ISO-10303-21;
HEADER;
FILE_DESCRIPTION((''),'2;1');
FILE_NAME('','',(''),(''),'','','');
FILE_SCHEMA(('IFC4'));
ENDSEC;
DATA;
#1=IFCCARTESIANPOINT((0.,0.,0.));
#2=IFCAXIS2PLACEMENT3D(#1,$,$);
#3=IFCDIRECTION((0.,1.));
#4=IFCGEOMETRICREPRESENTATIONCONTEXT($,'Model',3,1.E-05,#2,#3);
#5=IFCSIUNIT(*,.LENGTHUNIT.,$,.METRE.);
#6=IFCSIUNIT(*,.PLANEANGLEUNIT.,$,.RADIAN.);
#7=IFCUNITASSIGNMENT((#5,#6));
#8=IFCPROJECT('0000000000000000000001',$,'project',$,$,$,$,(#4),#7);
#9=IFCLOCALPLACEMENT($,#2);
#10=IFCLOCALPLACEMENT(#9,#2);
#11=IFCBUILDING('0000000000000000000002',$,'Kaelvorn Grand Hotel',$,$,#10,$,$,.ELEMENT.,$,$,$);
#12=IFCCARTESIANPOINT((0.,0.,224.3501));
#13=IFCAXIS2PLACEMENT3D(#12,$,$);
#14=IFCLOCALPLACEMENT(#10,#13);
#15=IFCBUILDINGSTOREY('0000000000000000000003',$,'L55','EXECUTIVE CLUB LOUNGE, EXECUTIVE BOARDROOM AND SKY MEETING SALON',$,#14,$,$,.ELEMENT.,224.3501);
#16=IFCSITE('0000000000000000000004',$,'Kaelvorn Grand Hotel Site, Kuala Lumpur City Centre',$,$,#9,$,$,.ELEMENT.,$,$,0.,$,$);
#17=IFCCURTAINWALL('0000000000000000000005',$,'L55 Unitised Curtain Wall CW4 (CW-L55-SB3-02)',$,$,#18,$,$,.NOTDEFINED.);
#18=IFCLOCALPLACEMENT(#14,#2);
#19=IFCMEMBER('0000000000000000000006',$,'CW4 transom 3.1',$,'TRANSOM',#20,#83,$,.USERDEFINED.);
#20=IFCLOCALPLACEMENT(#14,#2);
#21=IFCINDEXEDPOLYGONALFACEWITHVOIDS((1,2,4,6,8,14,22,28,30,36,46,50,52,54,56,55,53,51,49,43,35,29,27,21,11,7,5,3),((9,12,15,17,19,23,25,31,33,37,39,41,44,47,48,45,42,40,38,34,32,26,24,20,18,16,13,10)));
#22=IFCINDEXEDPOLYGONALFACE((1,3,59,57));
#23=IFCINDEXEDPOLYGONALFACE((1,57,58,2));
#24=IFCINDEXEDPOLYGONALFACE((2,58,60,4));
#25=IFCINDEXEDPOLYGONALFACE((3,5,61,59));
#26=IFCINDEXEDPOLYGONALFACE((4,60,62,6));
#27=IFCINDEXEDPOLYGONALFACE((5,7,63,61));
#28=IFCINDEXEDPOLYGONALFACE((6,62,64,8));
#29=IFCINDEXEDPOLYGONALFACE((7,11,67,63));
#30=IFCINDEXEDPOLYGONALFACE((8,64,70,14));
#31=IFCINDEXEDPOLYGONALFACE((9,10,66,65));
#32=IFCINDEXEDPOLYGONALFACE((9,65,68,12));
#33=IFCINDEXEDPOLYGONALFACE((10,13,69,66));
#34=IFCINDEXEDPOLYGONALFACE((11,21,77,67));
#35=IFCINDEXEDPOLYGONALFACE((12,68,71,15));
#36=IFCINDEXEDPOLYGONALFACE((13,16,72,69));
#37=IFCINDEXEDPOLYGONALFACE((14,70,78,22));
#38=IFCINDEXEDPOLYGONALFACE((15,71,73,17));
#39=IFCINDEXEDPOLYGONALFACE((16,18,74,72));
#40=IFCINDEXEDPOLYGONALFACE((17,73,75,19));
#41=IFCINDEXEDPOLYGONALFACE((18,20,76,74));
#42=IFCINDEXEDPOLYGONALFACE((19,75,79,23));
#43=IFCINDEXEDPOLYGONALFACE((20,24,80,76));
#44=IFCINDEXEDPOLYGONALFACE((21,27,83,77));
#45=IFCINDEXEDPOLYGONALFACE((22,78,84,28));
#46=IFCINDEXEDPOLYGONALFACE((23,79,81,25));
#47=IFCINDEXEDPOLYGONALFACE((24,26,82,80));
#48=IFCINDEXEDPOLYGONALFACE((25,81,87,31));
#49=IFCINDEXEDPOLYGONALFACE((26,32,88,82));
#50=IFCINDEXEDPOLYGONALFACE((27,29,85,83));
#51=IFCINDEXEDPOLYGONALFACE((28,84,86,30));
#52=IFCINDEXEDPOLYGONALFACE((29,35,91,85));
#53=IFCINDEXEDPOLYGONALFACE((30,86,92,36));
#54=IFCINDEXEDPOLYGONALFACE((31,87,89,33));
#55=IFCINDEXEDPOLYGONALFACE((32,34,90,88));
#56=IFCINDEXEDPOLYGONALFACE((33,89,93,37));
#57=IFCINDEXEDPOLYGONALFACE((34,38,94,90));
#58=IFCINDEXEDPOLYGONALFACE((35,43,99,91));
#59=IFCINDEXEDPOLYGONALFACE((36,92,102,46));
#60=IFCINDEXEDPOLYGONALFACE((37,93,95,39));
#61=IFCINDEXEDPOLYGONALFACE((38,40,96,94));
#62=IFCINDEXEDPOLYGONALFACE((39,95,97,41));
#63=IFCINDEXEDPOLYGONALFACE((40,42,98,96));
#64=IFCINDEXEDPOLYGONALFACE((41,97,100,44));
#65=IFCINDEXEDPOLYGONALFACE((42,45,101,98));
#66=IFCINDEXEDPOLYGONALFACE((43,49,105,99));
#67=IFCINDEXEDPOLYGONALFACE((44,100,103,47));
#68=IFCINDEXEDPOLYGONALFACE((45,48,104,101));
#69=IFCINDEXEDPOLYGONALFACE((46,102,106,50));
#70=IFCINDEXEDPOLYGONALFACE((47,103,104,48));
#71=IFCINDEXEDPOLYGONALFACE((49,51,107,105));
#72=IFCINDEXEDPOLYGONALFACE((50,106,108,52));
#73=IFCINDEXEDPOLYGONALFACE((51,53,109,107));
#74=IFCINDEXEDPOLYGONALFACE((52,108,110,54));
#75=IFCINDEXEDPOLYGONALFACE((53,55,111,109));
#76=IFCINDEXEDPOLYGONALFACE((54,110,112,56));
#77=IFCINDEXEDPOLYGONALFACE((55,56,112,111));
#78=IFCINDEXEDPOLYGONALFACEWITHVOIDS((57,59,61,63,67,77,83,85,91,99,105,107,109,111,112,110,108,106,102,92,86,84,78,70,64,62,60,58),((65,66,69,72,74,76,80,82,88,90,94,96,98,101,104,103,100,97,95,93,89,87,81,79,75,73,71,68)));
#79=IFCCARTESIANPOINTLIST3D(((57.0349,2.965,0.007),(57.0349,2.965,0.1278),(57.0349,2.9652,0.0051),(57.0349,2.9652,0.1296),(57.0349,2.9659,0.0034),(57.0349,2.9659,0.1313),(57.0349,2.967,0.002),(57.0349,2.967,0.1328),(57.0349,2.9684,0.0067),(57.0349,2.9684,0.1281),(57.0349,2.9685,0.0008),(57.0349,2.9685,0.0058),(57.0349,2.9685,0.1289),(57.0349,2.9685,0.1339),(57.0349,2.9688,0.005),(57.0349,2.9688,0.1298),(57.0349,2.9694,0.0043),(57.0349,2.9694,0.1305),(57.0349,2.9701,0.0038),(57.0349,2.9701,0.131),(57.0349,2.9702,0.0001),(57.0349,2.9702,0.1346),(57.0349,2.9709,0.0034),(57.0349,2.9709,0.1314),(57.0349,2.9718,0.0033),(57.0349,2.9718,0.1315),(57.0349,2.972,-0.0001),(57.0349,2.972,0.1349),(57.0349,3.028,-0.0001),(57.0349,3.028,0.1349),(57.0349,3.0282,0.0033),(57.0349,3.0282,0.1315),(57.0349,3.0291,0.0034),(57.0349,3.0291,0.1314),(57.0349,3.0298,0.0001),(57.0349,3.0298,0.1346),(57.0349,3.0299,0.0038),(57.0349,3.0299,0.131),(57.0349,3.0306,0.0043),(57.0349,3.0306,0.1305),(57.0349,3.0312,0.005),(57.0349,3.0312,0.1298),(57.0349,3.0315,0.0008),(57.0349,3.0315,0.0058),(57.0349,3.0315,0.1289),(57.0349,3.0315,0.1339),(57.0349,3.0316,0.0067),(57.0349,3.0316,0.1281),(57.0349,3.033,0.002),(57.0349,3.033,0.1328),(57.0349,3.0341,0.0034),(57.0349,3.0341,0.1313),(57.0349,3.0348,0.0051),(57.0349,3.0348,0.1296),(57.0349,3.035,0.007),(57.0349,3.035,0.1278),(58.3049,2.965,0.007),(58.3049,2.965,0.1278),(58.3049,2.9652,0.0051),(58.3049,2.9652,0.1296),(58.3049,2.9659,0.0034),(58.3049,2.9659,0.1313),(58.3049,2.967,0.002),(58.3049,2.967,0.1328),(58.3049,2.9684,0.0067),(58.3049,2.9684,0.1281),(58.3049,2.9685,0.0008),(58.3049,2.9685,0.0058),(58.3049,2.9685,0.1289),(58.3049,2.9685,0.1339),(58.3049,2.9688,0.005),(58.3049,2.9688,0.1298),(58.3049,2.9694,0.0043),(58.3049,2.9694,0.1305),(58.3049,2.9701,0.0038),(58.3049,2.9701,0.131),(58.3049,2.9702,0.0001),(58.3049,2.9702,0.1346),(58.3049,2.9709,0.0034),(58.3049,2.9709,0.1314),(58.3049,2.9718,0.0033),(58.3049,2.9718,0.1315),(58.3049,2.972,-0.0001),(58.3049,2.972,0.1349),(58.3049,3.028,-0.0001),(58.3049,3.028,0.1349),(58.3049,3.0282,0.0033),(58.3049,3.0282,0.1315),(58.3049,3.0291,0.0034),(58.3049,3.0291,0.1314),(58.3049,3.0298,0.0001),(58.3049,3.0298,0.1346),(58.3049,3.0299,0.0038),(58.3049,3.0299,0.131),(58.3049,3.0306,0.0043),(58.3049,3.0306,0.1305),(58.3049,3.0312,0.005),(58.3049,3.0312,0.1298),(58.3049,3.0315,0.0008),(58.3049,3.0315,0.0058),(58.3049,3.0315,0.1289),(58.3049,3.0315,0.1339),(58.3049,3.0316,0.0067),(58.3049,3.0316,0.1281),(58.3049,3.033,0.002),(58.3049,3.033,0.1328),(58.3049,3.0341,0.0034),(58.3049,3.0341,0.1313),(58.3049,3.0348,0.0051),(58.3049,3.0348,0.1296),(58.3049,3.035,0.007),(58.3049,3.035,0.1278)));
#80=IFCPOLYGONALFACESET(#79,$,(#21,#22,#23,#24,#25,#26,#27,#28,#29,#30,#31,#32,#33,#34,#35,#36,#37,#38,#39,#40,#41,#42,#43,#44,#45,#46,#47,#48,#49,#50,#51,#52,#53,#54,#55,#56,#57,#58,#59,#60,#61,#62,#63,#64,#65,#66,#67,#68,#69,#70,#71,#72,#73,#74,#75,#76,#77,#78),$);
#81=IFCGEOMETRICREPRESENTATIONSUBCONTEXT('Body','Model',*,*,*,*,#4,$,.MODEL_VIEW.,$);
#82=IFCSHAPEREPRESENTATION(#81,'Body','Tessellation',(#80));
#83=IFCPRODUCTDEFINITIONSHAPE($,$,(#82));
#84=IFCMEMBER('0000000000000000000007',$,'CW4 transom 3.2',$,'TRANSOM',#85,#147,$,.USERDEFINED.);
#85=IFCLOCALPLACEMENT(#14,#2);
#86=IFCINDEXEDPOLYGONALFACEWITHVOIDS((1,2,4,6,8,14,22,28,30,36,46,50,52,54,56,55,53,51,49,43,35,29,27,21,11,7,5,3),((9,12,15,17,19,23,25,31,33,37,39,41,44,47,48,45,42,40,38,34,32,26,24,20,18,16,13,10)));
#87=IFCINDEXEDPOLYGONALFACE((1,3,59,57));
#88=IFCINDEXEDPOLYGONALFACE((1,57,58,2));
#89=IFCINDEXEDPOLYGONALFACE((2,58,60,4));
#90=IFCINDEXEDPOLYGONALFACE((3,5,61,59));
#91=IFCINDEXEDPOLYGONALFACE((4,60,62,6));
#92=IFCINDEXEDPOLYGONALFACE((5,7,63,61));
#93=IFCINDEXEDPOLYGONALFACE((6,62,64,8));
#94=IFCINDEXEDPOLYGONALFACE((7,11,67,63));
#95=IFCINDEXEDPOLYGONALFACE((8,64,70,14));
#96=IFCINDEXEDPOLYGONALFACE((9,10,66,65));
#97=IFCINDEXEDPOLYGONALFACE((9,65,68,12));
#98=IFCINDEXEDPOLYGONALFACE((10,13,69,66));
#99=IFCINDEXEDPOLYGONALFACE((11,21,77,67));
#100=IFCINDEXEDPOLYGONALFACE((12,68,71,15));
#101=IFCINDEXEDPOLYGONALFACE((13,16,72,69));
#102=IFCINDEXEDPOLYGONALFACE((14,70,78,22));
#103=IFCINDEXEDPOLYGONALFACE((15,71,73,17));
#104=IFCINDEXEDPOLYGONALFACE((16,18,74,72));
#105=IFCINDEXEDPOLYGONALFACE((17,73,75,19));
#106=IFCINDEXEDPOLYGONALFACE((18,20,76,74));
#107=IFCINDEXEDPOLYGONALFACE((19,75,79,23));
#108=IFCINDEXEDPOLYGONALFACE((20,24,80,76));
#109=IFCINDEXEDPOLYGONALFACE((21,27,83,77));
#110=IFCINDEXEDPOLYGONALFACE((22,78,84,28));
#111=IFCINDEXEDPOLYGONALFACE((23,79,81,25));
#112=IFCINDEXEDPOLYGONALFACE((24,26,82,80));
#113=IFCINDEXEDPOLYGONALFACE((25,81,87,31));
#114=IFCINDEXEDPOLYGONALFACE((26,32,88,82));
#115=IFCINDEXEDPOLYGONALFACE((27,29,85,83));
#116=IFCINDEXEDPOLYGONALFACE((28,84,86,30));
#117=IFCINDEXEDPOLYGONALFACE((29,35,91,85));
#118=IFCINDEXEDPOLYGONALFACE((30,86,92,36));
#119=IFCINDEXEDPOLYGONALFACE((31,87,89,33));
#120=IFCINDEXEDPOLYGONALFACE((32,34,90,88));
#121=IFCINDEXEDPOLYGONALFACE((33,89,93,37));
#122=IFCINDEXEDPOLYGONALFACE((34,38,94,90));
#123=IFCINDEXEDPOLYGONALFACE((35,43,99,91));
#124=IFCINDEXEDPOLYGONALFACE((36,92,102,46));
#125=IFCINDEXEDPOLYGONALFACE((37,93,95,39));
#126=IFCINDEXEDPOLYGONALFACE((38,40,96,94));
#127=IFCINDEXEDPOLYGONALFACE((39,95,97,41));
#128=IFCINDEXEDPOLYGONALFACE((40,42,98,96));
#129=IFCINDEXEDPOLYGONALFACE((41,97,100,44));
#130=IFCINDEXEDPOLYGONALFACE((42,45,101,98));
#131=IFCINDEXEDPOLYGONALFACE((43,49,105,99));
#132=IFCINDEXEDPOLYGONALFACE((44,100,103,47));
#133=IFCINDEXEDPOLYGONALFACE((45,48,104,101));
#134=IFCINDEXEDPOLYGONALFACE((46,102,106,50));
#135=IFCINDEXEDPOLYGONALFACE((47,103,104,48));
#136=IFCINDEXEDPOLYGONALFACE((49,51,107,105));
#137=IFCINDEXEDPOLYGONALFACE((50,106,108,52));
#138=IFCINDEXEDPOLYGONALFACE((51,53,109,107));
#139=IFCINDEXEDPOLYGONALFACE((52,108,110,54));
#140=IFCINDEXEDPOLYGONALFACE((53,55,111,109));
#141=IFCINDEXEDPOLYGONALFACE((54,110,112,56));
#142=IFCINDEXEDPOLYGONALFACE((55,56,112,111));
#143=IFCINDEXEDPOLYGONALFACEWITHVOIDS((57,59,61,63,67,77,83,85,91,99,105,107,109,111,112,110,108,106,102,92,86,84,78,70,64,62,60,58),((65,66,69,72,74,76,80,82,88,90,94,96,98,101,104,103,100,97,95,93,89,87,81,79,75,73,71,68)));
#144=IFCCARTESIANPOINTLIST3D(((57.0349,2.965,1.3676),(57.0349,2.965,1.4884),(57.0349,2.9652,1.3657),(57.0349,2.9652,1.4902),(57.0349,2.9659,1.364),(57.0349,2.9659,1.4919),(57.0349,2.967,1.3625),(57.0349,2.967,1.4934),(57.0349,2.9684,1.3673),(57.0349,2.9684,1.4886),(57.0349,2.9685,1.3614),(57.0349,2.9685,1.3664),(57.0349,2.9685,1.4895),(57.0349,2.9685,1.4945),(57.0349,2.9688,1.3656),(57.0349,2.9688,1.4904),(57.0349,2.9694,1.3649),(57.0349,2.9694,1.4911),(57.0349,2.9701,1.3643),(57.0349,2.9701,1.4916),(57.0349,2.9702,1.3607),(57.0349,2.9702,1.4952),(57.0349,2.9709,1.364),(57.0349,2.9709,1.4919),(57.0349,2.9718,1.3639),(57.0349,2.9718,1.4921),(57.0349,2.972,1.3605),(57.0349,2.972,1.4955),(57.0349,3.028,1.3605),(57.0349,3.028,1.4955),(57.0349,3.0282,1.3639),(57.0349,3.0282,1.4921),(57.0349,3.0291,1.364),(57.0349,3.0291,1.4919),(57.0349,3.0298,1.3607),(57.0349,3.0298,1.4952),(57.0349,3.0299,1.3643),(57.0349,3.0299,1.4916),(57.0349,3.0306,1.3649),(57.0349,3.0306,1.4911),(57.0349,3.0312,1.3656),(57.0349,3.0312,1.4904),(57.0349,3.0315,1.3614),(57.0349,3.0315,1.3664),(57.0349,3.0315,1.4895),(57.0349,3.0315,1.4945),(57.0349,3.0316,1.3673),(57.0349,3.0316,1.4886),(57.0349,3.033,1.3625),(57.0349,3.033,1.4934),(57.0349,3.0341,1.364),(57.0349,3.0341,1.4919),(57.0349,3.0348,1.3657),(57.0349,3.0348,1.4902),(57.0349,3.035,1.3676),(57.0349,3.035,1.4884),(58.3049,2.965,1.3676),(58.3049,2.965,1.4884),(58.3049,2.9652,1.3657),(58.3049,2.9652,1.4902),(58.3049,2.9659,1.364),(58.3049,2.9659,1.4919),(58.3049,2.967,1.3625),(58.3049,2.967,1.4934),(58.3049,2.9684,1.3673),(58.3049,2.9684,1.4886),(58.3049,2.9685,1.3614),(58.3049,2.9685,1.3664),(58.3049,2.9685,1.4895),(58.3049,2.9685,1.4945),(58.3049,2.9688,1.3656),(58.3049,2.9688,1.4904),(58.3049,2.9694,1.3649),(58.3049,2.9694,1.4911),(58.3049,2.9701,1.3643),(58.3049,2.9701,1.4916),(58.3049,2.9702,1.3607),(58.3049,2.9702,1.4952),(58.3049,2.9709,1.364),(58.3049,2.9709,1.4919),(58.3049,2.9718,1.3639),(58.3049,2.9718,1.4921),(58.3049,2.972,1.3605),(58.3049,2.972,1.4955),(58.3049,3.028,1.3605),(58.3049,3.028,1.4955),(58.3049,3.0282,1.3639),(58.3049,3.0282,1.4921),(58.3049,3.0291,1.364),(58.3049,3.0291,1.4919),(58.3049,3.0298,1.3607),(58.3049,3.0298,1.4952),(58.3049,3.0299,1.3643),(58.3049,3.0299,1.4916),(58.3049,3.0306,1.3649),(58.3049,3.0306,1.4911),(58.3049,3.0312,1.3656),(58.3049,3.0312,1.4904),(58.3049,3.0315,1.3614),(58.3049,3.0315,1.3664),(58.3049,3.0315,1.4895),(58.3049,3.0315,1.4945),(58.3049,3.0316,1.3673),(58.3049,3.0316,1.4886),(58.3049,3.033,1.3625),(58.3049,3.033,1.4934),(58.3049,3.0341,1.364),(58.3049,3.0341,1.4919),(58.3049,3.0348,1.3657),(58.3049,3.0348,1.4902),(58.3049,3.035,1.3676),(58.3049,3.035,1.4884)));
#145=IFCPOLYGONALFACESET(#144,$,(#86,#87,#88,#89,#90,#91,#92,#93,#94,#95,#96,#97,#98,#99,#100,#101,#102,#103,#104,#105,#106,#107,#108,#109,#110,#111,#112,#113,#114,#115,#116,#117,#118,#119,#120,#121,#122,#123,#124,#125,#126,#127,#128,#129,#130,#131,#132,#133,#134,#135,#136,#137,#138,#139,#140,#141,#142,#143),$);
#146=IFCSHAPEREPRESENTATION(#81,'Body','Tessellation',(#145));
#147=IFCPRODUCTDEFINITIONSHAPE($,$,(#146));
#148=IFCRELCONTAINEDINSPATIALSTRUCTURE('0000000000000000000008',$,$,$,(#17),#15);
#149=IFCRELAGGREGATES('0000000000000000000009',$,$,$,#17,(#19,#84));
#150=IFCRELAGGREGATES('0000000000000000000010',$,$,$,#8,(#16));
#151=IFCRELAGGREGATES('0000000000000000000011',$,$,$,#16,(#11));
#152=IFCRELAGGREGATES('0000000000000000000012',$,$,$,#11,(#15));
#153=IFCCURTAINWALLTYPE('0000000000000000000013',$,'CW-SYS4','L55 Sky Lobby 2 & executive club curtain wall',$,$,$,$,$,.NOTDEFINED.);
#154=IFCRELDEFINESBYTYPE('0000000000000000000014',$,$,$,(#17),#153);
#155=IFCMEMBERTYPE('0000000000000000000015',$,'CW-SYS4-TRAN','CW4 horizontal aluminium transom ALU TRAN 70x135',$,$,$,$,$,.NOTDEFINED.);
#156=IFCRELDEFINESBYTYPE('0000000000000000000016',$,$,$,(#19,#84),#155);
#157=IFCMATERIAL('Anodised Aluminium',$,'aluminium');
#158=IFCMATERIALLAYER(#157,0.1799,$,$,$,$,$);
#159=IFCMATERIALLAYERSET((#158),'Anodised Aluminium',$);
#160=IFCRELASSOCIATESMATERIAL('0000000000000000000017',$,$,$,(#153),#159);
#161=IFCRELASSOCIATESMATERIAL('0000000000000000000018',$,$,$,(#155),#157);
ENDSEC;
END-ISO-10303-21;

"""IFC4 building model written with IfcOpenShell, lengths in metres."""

from ifc_helpers import new_model, si_unit, direction, frame, origin, origin_2d, place, context, subcontext, project, spatial, hollow_rectangle, extrude, material, layer, layer_set, material_profile, profile_set, type_object, element, aggregate, save


model = new_model("IFC4")

# Units and contexts
model_context = context("Model", 3, precision=1e-05, world=origin(), true_north=direction((0.0, 1.0)))
body_context = subcontext(model_context, "Body", "Model", "MODEL_VIEW")
ifc_project = project(units=[si_unit("LENGTHUNIT", "METRE"), si_unit("PLANEANGLEUNIT", "RADIAN")], contexts=[model_context])

# Site, building, storey
site_placement = place(None, origin())
site = spatial("IfcSite", under=ifc_project, at=site_placement, Name="Kaelvorn Grand Hotel Site, Kuala Lumpur City Centre", CompositionType="ELEMENT", RefElevation=0.0)
building_placement = place(site_placement, origin())
building = spatial("IfcBuilding", under=site, at=building_placement, Name="Kaelvorn Grand Hotel", CompositionType="ELEMENT")
storey_placement = place(building_placement, frame((0.0, 0.0, 224.3501)))
storey = spatial("IfcBuildingStorey", under=building, at=storey_placement, Name="L55", Description="EXECUTIVE CLUB LOUNGE, EXECUTIVE BOARDROOM AND SKY MEETING SALON", CompositionType="ELEMENT", Elevation=224.3501)

# Curtain wall, members
ifc_material_1 = material(Name="Anodised Aluminium", Category="aluminium")
ifc_layer_1 = layer(ifc_material_1, 0.1799)
ifc_layer_set_1 = layer_set([ifc_layer_1], Name="Anodised Aluminium")
curtain_wall_type = type_object("IfcCurtainWallType", Name="CW-SYS4", Description="L55 Sky Lobby 2 & executive club curtain wall", PredefinedType="NOTDEFINED", material=ifc_layer_set_1)
curtain_wall_placement = place(storey_placement, origin())
curtain_wall = element("IfcCurtainWall", 1, at=curtain_wall_placement, inside=storey, type_object=curtain_wall_type, Name="L55 Unitised Curtain Wall CW4 (CW-L55-SB3-02)", PredefinedType="NOTDEFINED")
ifc_material_profile_1 = material_profile(ifc_material_1, hollow_rectangle(XDim=0.0701, YDim=0.135, WallThickness=0.0034, InnerFilletRadius=0.0034, OuterFilletRadius=0.0071, at=origin_2d()), Name="ALU TRAN 70x135")
ifc_profile_set_1 = profile_set([ifc_material_profile_1], Name="Anodised Aluminium")
member_type_1 = type_object("IfcMemberType", Name="CW-SYS4-TRAN", Description="CW4 horizontal aluminium transom ALU TRAN 70x135", PredefinedType="NOTDEFINED", material=ifc_profile_set_1)
member_1_placement = place(storey_placement, frame((57.0349, 3.0, 0.0674), z_axis=(1.0, 0.0, 0.0), x_axis=(0.0, 1.0, 0.0)))
member_1 = element("IfcMember", 2, at=member_1_placement, type_object=member_type_1, Name="CW4 transom 3.1", ObjectType="TRANSOM", PredefinedType="USERDEFINED", context=body_context, shape_type="SweptSolid", body=[
    extrude(hollow_rectangle(XDim=0.0701, YDim=0.135, WallThickness=0.0034, InnerFilletRadius=0.0034, OuterFilletRadius=0.0071, at=origin_2d()), origin(), (0.0, 0.0, 1.0), 1.27),
])
member_2_placement = place(storey_placement, frame((57.0349, 3.0, 1.428), z_axis=(1.0, 0.0, 0.0), x_axis=(0.0, 1.0, 0.0)))
member_2 = element("IfcMember", 3, at=member_2_placement, type_object=member_type_1, Name="CW4 transom 3.2", ObjectType="TRANSOM", PredefinedType="USERDEFINED", context=body_context, shape_type="SweptSolid", body=[
    extrude(hollow_rectangle(XDim=0.0701, YDim=0.135, WallThickness=0.0034, InnerFilletRadius=0.0034, OuterFilletRadius=0.0071, at=origin_2d()), origin(), (0.0, 0.0, 1.0), 1.27),
])
aggregate(curtain_wall, [member_1, member_2])

save(model, "model.ifc")
